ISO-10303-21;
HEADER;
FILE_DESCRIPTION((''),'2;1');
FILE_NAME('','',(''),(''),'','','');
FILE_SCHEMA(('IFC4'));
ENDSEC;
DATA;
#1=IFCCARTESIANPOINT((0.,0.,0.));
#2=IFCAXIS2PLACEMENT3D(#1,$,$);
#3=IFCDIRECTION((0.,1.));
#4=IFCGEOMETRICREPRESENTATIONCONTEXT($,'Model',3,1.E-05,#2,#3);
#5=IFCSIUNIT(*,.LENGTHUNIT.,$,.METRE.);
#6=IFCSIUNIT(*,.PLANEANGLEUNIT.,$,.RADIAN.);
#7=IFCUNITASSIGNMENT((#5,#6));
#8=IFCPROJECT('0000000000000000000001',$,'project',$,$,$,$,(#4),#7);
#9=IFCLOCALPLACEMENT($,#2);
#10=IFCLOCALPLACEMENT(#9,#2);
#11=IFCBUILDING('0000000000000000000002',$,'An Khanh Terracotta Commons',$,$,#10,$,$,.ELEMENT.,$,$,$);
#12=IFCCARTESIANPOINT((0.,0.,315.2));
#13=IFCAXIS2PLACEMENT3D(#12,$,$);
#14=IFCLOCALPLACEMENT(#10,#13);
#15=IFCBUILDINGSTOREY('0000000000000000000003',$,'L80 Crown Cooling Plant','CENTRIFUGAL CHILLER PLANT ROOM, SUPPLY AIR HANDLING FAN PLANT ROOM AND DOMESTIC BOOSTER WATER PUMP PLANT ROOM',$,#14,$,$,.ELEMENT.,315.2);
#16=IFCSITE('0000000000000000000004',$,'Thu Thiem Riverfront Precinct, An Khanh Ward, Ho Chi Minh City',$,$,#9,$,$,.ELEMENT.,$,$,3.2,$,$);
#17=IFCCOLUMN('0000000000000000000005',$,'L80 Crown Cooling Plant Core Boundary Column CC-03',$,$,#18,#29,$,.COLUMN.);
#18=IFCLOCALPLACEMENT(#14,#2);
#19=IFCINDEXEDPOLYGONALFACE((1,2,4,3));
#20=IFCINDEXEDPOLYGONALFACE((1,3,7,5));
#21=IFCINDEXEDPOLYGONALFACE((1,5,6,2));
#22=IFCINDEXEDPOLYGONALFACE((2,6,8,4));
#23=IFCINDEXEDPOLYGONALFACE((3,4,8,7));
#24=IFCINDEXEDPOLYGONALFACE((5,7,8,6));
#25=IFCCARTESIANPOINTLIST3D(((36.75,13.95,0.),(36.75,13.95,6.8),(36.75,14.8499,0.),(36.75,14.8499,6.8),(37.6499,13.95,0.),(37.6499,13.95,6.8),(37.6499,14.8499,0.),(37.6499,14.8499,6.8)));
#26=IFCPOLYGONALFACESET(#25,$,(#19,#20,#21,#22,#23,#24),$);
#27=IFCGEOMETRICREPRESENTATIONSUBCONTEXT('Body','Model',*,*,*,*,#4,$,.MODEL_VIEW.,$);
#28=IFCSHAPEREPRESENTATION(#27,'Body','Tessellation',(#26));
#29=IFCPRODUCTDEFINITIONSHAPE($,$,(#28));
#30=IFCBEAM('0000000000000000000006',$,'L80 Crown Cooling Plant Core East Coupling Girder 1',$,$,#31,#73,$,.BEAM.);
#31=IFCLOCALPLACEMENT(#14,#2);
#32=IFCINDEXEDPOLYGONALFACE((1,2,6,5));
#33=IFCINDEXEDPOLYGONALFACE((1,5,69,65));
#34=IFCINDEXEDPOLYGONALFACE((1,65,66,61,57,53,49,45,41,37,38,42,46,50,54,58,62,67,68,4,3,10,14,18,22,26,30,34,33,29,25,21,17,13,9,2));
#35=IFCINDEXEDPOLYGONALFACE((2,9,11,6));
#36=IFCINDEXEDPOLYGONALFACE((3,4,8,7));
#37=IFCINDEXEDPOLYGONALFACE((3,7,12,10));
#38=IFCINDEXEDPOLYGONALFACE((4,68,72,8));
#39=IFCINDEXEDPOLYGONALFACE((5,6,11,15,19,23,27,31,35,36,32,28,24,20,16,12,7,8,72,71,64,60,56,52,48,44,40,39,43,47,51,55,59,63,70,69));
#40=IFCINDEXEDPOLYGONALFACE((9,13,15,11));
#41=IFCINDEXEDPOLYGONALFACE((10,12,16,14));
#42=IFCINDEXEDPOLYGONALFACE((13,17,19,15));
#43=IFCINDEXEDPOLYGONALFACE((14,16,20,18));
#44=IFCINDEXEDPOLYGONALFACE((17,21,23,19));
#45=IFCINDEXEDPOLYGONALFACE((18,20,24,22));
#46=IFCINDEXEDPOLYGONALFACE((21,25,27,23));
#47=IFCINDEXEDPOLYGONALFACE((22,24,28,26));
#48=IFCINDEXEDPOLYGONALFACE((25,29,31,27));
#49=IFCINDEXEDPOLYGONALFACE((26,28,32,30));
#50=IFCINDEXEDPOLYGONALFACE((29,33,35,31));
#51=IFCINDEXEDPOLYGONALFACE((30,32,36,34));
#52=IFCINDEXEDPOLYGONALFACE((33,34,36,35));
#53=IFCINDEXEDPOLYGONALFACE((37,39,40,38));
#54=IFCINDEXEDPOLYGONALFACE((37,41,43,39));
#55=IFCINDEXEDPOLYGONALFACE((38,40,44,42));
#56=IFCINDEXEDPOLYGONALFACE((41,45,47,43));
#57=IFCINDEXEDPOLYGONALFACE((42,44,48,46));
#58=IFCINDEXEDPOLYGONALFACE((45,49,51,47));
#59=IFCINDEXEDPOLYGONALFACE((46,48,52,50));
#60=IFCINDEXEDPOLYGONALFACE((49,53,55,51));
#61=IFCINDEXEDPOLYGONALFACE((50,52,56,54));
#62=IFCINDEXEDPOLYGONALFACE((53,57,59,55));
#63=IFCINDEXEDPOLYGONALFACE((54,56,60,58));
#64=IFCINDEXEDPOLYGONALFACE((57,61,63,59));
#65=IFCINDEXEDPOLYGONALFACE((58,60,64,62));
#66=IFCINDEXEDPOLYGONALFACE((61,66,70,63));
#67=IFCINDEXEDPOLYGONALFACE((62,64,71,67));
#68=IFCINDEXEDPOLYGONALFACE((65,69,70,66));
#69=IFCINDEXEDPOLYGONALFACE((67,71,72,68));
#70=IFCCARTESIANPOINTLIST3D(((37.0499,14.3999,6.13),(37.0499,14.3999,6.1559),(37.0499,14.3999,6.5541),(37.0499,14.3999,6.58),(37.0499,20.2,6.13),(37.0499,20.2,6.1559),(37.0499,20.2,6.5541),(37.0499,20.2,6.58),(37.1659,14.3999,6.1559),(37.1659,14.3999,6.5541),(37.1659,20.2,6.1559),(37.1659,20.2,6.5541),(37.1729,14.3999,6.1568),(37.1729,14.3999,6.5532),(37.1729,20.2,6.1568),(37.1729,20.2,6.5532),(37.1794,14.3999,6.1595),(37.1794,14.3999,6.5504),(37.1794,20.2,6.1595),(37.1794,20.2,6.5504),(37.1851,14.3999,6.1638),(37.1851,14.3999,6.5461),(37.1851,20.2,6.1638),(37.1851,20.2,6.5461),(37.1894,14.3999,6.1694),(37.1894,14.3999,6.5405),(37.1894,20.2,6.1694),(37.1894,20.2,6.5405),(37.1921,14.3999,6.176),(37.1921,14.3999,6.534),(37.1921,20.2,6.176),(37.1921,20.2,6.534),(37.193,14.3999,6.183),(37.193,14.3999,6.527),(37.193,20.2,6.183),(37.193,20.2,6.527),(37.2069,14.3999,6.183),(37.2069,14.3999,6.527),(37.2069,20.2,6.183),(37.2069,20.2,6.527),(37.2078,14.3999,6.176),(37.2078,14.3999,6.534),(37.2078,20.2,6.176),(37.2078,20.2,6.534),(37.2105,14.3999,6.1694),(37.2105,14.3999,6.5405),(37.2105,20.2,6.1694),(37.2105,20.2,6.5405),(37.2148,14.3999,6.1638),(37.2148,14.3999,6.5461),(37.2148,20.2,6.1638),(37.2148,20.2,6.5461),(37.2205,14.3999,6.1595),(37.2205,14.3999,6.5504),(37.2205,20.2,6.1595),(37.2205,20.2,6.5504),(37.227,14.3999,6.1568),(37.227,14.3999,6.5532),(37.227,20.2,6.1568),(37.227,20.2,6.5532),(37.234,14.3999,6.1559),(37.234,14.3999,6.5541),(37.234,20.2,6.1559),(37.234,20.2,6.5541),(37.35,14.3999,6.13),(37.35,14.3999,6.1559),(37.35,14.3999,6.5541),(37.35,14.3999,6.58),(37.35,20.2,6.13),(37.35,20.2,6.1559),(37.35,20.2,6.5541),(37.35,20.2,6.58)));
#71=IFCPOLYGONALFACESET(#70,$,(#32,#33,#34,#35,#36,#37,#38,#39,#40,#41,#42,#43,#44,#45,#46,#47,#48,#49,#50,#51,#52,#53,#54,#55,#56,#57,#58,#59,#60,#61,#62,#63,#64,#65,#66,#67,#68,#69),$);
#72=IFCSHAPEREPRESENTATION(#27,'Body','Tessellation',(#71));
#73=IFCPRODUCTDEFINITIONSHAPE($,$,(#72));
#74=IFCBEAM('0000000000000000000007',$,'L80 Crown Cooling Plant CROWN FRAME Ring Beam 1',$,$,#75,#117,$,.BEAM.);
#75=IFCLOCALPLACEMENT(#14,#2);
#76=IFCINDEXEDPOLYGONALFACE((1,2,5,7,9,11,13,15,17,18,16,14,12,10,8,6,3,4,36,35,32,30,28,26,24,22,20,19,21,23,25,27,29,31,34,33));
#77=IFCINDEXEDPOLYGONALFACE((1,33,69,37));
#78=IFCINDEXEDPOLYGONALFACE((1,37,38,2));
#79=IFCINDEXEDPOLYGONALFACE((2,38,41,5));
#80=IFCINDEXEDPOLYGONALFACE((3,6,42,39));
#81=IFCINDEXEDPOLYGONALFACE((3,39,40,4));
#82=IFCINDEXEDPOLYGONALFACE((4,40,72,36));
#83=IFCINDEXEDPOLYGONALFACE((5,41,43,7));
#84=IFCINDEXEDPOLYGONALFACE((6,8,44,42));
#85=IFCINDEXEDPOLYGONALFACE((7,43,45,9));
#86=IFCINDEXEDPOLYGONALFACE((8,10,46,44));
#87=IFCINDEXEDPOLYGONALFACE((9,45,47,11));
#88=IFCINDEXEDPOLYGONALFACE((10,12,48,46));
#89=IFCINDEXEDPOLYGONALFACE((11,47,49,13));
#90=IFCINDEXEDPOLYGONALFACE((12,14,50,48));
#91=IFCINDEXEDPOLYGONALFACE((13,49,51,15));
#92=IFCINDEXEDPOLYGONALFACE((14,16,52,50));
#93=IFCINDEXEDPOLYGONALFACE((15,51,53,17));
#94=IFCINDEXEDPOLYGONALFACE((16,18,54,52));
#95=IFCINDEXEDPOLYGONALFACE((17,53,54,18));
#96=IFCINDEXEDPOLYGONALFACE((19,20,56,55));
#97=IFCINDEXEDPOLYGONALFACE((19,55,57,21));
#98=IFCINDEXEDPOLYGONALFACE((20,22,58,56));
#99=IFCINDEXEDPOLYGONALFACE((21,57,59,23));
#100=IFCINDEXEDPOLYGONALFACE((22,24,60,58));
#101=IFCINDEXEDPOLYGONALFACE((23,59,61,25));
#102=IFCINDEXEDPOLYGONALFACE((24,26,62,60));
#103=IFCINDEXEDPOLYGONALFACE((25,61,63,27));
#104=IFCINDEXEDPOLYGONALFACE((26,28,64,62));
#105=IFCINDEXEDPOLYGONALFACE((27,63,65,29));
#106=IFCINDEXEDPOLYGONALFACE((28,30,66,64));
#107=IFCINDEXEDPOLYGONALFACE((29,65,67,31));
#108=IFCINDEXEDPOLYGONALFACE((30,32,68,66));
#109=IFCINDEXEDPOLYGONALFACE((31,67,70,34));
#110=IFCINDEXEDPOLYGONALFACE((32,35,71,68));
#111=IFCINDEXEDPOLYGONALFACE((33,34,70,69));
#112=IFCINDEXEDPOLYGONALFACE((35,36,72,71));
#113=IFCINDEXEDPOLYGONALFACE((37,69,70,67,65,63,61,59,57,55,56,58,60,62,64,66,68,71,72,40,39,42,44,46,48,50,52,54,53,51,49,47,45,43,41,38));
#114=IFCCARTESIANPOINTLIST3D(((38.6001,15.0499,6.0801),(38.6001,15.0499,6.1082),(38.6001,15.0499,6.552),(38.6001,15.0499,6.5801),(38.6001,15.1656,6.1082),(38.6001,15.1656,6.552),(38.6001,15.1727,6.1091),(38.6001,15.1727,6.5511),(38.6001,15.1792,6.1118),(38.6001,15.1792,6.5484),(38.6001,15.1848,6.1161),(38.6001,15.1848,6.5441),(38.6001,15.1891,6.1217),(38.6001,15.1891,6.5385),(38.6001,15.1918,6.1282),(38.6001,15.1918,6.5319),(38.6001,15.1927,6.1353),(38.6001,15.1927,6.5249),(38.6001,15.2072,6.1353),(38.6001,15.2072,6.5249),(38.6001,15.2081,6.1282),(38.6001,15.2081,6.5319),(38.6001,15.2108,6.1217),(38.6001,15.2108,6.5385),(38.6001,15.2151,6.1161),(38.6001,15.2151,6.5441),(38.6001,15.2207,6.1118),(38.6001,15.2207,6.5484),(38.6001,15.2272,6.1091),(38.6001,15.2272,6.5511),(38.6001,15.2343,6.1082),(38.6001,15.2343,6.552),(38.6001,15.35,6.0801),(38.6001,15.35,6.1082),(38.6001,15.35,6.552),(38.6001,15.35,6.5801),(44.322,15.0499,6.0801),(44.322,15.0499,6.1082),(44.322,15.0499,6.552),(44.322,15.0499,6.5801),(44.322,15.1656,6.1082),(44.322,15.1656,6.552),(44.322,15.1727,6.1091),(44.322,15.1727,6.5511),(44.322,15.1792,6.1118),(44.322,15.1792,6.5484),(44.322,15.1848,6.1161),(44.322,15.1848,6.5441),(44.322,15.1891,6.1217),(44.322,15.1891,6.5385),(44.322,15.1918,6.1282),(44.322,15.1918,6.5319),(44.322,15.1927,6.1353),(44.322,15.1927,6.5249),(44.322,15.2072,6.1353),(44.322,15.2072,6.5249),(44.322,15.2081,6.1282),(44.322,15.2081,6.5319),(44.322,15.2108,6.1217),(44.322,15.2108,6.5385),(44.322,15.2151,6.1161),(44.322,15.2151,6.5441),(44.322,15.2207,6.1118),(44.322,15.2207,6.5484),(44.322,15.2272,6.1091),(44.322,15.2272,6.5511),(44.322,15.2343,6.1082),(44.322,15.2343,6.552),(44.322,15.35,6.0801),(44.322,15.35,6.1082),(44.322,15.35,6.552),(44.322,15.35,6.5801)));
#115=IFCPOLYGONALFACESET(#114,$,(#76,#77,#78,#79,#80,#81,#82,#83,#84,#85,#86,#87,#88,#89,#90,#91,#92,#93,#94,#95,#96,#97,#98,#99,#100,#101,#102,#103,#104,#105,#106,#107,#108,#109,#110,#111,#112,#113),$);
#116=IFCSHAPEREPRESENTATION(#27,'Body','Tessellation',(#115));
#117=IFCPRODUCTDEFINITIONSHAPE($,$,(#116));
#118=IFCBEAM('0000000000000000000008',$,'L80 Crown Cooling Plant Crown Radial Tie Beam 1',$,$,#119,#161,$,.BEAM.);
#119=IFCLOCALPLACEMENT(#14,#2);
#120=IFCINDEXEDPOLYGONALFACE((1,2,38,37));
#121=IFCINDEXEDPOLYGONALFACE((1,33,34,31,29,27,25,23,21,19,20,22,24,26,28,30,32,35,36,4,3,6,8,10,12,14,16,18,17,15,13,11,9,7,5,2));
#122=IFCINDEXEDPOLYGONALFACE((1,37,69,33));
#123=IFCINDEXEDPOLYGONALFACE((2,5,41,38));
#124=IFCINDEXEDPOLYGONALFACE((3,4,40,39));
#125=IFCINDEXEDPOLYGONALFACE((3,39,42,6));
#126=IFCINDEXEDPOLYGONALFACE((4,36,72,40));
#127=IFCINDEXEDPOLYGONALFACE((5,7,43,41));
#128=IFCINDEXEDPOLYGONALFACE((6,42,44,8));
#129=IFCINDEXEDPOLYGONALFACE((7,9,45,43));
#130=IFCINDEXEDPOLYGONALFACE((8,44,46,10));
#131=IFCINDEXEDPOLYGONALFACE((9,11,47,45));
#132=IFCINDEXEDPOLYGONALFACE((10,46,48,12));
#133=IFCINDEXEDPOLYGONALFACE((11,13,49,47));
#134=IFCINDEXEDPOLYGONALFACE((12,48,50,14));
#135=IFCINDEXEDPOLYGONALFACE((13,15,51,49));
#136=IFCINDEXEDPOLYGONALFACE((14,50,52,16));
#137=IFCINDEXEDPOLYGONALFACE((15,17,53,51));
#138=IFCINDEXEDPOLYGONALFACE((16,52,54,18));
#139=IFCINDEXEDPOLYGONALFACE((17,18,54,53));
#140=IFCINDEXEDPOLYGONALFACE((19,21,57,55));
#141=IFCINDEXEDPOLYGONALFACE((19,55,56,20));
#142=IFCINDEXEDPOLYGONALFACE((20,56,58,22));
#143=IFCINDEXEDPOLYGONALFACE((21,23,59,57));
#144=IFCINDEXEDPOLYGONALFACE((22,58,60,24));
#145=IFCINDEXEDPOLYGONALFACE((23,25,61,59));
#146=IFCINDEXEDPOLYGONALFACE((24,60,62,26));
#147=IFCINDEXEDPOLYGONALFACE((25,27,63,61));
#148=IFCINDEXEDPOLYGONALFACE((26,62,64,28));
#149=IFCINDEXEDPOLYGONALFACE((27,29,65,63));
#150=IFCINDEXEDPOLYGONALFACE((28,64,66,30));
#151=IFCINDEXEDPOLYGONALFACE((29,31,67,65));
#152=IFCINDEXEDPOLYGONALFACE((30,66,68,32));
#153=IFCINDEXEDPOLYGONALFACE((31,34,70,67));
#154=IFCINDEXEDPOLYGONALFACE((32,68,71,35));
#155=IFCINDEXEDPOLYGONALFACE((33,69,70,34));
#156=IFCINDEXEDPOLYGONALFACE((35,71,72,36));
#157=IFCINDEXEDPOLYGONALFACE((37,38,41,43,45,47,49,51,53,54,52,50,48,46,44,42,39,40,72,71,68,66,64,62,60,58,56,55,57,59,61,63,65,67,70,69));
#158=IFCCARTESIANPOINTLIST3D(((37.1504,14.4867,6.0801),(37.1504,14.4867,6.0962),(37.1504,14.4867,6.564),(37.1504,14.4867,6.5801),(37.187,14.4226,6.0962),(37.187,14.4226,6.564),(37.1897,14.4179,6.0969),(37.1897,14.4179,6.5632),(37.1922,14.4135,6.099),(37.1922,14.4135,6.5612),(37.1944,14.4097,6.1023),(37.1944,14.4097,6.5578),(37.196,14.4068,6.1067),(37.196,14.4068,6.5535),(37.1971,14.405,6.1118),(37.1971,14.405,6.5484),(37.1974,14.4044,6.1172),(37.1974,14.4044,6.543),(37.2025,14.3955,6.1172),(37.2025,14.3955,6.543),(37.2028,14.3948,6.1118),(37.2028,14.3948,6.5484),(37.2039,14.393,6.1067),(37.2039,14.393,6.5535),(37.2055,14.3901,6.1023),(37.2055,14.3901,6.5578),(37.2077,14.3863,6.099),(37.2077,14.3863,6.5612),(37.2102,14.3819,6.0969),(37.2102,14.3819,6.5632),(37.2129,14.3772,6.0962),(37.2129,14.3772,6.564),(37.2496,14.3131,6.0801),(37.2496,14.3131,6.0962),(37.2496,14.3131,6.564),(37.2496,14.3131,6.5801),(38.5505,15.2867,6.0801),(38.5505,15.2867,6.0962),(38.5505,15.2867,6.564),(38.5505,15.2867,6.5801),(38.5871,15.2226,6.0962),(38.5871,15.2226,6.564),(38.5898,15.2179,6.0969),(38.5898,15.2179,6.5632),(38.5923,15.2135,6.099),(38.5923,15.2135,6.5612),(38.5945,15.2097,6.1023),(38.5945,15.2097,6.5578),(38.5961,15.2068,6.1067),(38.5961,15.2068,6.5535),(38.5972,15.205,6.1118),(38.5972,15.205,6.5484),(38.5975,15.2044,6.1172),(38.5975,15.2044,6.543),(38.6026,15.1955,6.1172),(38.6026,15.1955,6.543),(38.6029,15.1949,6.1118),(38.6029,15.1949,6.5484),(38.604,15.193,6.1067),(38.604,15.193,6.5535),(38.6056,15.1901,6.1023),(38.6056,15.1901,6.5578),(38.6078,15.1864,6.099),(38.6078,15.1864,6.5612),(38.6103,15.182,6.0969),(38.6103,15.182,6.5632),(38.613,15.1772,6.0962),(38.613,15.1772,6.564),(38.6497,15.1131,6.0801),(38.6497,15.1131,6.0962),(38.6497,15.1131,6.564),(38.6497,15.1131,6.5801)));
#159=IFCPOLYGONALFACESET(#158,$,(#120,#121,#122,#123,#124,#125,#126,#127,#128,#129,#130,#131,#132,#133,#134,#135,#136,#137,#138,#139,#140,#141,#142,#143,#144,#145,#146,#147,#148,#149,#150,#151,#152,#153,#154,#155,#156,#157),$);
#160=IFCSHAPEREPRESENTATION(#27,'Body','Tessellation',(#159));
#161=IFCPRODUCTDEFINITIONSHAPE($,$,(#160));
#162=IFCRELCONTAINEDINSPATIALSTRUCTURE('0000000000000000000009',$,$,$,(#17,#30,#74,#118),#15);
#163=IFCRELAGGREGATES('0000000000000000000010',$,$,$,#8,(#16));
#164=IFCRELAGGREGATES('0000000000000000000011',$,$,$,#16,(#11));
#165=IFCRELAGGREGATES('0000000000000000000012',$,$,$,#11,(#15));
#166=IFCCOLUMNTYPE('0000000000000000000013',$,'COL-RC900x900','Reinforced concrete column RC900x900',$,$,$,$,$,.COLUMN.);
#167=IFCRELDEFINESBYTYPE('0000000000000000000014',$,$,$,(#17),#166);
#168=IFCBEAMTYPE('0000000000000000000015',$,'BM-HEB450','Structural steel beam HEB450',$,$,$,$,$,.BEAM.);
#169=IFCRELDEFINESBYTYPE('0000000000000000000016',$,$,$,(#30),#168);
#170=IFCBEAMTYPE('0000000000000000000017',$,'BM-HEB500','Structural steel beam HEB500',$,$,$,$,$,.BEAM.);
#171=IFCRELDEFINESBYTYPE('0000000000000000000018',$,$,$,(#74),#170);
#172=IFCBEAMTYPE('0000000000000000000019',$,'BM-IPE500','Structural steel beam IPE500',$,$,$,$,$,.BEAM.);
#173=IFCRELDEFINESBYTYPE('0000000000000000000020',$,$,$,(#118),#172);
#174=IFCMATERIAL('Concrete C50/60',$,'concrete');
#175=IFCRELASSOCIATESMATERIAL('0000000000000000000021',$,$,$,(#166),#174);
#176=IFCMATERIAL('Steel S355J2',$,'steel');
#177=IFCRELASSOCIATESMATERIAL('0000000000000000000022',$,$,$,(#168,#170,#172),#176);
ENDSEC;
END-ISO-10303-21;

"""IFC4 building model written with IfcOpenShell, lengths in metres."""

from ifc_helpers import new_model, si_unit, direction, frame, origin, origin_2d, place, context, subcontext, project, spatial, rectangle, i_section, extrude, material, material_profile, profile_set, type_object, element, save


model = new_model("IFC4")

# Units and contexts
model_context = context("Model", 3, precision=1e-05, world=origin(), true_north=direction((0.0, 1.0)))
body_context = subcontext(model_context, "Body", "Model", "MODEL_VIEW")
ifc_project = project(units=[si_unit("LENGTHUNIT", "METRE"), si_unit("PLANEANGLEUNIT", "RADIAN")], contexts=[model_context])

# Site, building, storey
site_placement = place(None, origin())
site = spatial("IfcSite", under=ifc_project, at=site_placement, Name="Thu Thiem Riverfront Precinct, An Khanh Ward, Ho Chi Minh City", CompositionType="ELEMENT", RefElevation=3.2)
building_placement = place(site_placement, origin())
building = spatial("IfcBuilding", under=site, at=building_placement, Name="An Khanh Terracotta Commons", CompositionType="ELEMENT")
storey_placement = place(building_placement, frame((0.0, 0.0, 315.2)))
storey = spatial("IfcBuildingStorey", under=building, at=storey_placement, Name="L80 Crown Cooling Plant", Description="CENTRIFUGAL CHILLER PLANT ROOM, SUPPLY AIR HANDLING FAN PLANT ROOM AND DOMESTIC BOOSTER WATER PUMP PLANT ROOM", CompositionType="ELEMENT", Elevation=315.2)

# Column
ifc_material_1 = material(Name="Concrete C50/60", Category="concrete")
ifc_material_profile_1 = material_profile(ifc_material_1, rectangle(XDim=0.8999, YDim=0.8999, at=origin_2d()), Name="RC900x900")
ifc_profile_set_1 = profile_set([ifc_material_profile_1], Name="Concrete C50/60")
column_type = type_object("IfcColumnType", Name="COL-RC900x900", Description="Reinforced concrete column RC900x900", PredefinedType="COLUMN", material=ifc_profile_set_1)
column_placement = place(storey_placement, frame((37.2, 14.3999, 0.0), z_axis=(0.0, 0.0, 1.0), x_axis=(1.0, 0.0, 0.0)))
element("IfcColumn", 1, at=column_placement, inside=storey, type_object=column_type, Name="L80 Crown Cooling Plant Core Boundary Column CC-03", PredefinedType="COLUMN", context=body_context, shape_type="SweptSolid", body=[
    extrude(rectangle(XDim=0.8999, YDim=0.8999, at=origin_2d()), origin(), (0.0, 0.0, 1.0), 6.8),
])

# Beams
ifc_material_2 = material(Name="Steel S355J2", Category="steel")
ifc_material_profile_2 = material_profile(ifc_material_2, i_section(OverallWidth=0.3, OverallDepth=0.45, WebThickness=0.0139, FlangeThickness=0.0259, FilletRadius=0.0271, at=origin_2d()), Name="HEB450")
ifc_profile_set_2 = profile_set([ifc_material_profile_2], Name="Steel S355J2")
beam_type_1 = type_object("IfcBeamType", Name="BM-HEB450", Description="Structural steel beam HEB450", PredefinedType="BEAM", material=ifc_profile_set_2)
beam_1_placement = place(storey_placement, frame((37.2, 14.3999, 6.355), z_axis=(0.0, 1.0, 0.0), x_axis=(-1.0, 0.0, 0.0)))
element("IfcBeam", 2, at=beam_1_placement, inside=storey, type_object=beam_type_1, Name="L80 Crown Cooling Plant Core East Coupling Girder 1", PredefinedType="BEAM", context=body_context, shape_type="SweptSolid", body=[
    extrude(i_section(OverallWidth=0.3, OverallDepth=0.45, WebThickness=0.0139, FlangeThickness=0.0259, FilletRadius=0.0271, at=origin_2d()), origin(), (0.0, 0.0, 1.0), 5.8),
])
ifc_material_profile_3 = material_profile(ifc_material_2, i_section(OverallWidth=0.3, OverallDepth=0.5, WebThickness=0.0144, FlangeThickness=0.0281, FilletRadius=0.0271, at=origin_2d()), Name="HEB500")
ifc_profile_set_3 = profile_set([ifc_material_profile_3], Name="Steel S355J2")
beam_type_2 = type_object("IfcBeamType", Name="BM-HEB500", Description="Structural steel beam HEB500", PredefinedType="BEAM", material=ifc_profile_set_3)
beam_2_placement = place(storey_placement, frame((38.6001, 15.2, 6.3301), z_axis=(1.0, 0.0, 0.0), x_axis=(0.0, 1.0, 0.0)))
element("IfcBeam", 3, at=beam_2_placement, inside=storey, type_object=beam_type_2, Name="L80 Crown Cooling Plant CROWN FRAME Ring Beam 1", PredefinedType="BEAM", context=body_context, shape_type="SweptSolid", body=[
    extrude(i_section(OverallWidth=0.3, OverallDepth=0.5, WebThickness=0.0144, FlangeThickness=0.0281, FilletRadius=0.0271, at=origin_2d()), origin(), (0.0, 0.0, 1.0), 5.7219),
])
ifc_material_profile_4 = material_profile(ifc_material_2, i_section(OverallWidth=0.2, OverallDepth=0.5, WebThickness=0.0103, FlangeThickness=0.0161, FilletRadius=0.021, at=origin_2d()), Name="IPE500")
ifc_profile_set_4 = profile_set([ifc_material_profile_4], Name="Steel S355J2")
beam_type_3 = type_object("IfcBeamType", Name="BM-IPE500", Description="Structural steel beam IPE500", PredefinedType="BEAM", material=ifc_profile_set_4)
beam_3_placement = place(storey_placement, frame((37.2, 14.3999, 6.3301), z_axis=(0.868252, 0.496123, 0.0), x_axis=(-0.496123, 0.868252, 0.0)))
element("IfcBeam", 4, at=beam_3_placement, inside=storey, type_object=beam_type_3, Name="L80 Crown Cooling Plant Crown Radial Tie Beam 1", PredefinedType="BEAM", context=body_context, shape_type="SweptSolid", body=[
    extrude(i_section(OverallWidth=0.2, OverallDepth=0.5, WebThickness=0.0103, FlangeThickness=0.0161, FilletRadius=0.021, at=origin_2d()), origin(), (0.0, 0.0, 1.0), 1.6125),
])

save(model, "model.ifc")
